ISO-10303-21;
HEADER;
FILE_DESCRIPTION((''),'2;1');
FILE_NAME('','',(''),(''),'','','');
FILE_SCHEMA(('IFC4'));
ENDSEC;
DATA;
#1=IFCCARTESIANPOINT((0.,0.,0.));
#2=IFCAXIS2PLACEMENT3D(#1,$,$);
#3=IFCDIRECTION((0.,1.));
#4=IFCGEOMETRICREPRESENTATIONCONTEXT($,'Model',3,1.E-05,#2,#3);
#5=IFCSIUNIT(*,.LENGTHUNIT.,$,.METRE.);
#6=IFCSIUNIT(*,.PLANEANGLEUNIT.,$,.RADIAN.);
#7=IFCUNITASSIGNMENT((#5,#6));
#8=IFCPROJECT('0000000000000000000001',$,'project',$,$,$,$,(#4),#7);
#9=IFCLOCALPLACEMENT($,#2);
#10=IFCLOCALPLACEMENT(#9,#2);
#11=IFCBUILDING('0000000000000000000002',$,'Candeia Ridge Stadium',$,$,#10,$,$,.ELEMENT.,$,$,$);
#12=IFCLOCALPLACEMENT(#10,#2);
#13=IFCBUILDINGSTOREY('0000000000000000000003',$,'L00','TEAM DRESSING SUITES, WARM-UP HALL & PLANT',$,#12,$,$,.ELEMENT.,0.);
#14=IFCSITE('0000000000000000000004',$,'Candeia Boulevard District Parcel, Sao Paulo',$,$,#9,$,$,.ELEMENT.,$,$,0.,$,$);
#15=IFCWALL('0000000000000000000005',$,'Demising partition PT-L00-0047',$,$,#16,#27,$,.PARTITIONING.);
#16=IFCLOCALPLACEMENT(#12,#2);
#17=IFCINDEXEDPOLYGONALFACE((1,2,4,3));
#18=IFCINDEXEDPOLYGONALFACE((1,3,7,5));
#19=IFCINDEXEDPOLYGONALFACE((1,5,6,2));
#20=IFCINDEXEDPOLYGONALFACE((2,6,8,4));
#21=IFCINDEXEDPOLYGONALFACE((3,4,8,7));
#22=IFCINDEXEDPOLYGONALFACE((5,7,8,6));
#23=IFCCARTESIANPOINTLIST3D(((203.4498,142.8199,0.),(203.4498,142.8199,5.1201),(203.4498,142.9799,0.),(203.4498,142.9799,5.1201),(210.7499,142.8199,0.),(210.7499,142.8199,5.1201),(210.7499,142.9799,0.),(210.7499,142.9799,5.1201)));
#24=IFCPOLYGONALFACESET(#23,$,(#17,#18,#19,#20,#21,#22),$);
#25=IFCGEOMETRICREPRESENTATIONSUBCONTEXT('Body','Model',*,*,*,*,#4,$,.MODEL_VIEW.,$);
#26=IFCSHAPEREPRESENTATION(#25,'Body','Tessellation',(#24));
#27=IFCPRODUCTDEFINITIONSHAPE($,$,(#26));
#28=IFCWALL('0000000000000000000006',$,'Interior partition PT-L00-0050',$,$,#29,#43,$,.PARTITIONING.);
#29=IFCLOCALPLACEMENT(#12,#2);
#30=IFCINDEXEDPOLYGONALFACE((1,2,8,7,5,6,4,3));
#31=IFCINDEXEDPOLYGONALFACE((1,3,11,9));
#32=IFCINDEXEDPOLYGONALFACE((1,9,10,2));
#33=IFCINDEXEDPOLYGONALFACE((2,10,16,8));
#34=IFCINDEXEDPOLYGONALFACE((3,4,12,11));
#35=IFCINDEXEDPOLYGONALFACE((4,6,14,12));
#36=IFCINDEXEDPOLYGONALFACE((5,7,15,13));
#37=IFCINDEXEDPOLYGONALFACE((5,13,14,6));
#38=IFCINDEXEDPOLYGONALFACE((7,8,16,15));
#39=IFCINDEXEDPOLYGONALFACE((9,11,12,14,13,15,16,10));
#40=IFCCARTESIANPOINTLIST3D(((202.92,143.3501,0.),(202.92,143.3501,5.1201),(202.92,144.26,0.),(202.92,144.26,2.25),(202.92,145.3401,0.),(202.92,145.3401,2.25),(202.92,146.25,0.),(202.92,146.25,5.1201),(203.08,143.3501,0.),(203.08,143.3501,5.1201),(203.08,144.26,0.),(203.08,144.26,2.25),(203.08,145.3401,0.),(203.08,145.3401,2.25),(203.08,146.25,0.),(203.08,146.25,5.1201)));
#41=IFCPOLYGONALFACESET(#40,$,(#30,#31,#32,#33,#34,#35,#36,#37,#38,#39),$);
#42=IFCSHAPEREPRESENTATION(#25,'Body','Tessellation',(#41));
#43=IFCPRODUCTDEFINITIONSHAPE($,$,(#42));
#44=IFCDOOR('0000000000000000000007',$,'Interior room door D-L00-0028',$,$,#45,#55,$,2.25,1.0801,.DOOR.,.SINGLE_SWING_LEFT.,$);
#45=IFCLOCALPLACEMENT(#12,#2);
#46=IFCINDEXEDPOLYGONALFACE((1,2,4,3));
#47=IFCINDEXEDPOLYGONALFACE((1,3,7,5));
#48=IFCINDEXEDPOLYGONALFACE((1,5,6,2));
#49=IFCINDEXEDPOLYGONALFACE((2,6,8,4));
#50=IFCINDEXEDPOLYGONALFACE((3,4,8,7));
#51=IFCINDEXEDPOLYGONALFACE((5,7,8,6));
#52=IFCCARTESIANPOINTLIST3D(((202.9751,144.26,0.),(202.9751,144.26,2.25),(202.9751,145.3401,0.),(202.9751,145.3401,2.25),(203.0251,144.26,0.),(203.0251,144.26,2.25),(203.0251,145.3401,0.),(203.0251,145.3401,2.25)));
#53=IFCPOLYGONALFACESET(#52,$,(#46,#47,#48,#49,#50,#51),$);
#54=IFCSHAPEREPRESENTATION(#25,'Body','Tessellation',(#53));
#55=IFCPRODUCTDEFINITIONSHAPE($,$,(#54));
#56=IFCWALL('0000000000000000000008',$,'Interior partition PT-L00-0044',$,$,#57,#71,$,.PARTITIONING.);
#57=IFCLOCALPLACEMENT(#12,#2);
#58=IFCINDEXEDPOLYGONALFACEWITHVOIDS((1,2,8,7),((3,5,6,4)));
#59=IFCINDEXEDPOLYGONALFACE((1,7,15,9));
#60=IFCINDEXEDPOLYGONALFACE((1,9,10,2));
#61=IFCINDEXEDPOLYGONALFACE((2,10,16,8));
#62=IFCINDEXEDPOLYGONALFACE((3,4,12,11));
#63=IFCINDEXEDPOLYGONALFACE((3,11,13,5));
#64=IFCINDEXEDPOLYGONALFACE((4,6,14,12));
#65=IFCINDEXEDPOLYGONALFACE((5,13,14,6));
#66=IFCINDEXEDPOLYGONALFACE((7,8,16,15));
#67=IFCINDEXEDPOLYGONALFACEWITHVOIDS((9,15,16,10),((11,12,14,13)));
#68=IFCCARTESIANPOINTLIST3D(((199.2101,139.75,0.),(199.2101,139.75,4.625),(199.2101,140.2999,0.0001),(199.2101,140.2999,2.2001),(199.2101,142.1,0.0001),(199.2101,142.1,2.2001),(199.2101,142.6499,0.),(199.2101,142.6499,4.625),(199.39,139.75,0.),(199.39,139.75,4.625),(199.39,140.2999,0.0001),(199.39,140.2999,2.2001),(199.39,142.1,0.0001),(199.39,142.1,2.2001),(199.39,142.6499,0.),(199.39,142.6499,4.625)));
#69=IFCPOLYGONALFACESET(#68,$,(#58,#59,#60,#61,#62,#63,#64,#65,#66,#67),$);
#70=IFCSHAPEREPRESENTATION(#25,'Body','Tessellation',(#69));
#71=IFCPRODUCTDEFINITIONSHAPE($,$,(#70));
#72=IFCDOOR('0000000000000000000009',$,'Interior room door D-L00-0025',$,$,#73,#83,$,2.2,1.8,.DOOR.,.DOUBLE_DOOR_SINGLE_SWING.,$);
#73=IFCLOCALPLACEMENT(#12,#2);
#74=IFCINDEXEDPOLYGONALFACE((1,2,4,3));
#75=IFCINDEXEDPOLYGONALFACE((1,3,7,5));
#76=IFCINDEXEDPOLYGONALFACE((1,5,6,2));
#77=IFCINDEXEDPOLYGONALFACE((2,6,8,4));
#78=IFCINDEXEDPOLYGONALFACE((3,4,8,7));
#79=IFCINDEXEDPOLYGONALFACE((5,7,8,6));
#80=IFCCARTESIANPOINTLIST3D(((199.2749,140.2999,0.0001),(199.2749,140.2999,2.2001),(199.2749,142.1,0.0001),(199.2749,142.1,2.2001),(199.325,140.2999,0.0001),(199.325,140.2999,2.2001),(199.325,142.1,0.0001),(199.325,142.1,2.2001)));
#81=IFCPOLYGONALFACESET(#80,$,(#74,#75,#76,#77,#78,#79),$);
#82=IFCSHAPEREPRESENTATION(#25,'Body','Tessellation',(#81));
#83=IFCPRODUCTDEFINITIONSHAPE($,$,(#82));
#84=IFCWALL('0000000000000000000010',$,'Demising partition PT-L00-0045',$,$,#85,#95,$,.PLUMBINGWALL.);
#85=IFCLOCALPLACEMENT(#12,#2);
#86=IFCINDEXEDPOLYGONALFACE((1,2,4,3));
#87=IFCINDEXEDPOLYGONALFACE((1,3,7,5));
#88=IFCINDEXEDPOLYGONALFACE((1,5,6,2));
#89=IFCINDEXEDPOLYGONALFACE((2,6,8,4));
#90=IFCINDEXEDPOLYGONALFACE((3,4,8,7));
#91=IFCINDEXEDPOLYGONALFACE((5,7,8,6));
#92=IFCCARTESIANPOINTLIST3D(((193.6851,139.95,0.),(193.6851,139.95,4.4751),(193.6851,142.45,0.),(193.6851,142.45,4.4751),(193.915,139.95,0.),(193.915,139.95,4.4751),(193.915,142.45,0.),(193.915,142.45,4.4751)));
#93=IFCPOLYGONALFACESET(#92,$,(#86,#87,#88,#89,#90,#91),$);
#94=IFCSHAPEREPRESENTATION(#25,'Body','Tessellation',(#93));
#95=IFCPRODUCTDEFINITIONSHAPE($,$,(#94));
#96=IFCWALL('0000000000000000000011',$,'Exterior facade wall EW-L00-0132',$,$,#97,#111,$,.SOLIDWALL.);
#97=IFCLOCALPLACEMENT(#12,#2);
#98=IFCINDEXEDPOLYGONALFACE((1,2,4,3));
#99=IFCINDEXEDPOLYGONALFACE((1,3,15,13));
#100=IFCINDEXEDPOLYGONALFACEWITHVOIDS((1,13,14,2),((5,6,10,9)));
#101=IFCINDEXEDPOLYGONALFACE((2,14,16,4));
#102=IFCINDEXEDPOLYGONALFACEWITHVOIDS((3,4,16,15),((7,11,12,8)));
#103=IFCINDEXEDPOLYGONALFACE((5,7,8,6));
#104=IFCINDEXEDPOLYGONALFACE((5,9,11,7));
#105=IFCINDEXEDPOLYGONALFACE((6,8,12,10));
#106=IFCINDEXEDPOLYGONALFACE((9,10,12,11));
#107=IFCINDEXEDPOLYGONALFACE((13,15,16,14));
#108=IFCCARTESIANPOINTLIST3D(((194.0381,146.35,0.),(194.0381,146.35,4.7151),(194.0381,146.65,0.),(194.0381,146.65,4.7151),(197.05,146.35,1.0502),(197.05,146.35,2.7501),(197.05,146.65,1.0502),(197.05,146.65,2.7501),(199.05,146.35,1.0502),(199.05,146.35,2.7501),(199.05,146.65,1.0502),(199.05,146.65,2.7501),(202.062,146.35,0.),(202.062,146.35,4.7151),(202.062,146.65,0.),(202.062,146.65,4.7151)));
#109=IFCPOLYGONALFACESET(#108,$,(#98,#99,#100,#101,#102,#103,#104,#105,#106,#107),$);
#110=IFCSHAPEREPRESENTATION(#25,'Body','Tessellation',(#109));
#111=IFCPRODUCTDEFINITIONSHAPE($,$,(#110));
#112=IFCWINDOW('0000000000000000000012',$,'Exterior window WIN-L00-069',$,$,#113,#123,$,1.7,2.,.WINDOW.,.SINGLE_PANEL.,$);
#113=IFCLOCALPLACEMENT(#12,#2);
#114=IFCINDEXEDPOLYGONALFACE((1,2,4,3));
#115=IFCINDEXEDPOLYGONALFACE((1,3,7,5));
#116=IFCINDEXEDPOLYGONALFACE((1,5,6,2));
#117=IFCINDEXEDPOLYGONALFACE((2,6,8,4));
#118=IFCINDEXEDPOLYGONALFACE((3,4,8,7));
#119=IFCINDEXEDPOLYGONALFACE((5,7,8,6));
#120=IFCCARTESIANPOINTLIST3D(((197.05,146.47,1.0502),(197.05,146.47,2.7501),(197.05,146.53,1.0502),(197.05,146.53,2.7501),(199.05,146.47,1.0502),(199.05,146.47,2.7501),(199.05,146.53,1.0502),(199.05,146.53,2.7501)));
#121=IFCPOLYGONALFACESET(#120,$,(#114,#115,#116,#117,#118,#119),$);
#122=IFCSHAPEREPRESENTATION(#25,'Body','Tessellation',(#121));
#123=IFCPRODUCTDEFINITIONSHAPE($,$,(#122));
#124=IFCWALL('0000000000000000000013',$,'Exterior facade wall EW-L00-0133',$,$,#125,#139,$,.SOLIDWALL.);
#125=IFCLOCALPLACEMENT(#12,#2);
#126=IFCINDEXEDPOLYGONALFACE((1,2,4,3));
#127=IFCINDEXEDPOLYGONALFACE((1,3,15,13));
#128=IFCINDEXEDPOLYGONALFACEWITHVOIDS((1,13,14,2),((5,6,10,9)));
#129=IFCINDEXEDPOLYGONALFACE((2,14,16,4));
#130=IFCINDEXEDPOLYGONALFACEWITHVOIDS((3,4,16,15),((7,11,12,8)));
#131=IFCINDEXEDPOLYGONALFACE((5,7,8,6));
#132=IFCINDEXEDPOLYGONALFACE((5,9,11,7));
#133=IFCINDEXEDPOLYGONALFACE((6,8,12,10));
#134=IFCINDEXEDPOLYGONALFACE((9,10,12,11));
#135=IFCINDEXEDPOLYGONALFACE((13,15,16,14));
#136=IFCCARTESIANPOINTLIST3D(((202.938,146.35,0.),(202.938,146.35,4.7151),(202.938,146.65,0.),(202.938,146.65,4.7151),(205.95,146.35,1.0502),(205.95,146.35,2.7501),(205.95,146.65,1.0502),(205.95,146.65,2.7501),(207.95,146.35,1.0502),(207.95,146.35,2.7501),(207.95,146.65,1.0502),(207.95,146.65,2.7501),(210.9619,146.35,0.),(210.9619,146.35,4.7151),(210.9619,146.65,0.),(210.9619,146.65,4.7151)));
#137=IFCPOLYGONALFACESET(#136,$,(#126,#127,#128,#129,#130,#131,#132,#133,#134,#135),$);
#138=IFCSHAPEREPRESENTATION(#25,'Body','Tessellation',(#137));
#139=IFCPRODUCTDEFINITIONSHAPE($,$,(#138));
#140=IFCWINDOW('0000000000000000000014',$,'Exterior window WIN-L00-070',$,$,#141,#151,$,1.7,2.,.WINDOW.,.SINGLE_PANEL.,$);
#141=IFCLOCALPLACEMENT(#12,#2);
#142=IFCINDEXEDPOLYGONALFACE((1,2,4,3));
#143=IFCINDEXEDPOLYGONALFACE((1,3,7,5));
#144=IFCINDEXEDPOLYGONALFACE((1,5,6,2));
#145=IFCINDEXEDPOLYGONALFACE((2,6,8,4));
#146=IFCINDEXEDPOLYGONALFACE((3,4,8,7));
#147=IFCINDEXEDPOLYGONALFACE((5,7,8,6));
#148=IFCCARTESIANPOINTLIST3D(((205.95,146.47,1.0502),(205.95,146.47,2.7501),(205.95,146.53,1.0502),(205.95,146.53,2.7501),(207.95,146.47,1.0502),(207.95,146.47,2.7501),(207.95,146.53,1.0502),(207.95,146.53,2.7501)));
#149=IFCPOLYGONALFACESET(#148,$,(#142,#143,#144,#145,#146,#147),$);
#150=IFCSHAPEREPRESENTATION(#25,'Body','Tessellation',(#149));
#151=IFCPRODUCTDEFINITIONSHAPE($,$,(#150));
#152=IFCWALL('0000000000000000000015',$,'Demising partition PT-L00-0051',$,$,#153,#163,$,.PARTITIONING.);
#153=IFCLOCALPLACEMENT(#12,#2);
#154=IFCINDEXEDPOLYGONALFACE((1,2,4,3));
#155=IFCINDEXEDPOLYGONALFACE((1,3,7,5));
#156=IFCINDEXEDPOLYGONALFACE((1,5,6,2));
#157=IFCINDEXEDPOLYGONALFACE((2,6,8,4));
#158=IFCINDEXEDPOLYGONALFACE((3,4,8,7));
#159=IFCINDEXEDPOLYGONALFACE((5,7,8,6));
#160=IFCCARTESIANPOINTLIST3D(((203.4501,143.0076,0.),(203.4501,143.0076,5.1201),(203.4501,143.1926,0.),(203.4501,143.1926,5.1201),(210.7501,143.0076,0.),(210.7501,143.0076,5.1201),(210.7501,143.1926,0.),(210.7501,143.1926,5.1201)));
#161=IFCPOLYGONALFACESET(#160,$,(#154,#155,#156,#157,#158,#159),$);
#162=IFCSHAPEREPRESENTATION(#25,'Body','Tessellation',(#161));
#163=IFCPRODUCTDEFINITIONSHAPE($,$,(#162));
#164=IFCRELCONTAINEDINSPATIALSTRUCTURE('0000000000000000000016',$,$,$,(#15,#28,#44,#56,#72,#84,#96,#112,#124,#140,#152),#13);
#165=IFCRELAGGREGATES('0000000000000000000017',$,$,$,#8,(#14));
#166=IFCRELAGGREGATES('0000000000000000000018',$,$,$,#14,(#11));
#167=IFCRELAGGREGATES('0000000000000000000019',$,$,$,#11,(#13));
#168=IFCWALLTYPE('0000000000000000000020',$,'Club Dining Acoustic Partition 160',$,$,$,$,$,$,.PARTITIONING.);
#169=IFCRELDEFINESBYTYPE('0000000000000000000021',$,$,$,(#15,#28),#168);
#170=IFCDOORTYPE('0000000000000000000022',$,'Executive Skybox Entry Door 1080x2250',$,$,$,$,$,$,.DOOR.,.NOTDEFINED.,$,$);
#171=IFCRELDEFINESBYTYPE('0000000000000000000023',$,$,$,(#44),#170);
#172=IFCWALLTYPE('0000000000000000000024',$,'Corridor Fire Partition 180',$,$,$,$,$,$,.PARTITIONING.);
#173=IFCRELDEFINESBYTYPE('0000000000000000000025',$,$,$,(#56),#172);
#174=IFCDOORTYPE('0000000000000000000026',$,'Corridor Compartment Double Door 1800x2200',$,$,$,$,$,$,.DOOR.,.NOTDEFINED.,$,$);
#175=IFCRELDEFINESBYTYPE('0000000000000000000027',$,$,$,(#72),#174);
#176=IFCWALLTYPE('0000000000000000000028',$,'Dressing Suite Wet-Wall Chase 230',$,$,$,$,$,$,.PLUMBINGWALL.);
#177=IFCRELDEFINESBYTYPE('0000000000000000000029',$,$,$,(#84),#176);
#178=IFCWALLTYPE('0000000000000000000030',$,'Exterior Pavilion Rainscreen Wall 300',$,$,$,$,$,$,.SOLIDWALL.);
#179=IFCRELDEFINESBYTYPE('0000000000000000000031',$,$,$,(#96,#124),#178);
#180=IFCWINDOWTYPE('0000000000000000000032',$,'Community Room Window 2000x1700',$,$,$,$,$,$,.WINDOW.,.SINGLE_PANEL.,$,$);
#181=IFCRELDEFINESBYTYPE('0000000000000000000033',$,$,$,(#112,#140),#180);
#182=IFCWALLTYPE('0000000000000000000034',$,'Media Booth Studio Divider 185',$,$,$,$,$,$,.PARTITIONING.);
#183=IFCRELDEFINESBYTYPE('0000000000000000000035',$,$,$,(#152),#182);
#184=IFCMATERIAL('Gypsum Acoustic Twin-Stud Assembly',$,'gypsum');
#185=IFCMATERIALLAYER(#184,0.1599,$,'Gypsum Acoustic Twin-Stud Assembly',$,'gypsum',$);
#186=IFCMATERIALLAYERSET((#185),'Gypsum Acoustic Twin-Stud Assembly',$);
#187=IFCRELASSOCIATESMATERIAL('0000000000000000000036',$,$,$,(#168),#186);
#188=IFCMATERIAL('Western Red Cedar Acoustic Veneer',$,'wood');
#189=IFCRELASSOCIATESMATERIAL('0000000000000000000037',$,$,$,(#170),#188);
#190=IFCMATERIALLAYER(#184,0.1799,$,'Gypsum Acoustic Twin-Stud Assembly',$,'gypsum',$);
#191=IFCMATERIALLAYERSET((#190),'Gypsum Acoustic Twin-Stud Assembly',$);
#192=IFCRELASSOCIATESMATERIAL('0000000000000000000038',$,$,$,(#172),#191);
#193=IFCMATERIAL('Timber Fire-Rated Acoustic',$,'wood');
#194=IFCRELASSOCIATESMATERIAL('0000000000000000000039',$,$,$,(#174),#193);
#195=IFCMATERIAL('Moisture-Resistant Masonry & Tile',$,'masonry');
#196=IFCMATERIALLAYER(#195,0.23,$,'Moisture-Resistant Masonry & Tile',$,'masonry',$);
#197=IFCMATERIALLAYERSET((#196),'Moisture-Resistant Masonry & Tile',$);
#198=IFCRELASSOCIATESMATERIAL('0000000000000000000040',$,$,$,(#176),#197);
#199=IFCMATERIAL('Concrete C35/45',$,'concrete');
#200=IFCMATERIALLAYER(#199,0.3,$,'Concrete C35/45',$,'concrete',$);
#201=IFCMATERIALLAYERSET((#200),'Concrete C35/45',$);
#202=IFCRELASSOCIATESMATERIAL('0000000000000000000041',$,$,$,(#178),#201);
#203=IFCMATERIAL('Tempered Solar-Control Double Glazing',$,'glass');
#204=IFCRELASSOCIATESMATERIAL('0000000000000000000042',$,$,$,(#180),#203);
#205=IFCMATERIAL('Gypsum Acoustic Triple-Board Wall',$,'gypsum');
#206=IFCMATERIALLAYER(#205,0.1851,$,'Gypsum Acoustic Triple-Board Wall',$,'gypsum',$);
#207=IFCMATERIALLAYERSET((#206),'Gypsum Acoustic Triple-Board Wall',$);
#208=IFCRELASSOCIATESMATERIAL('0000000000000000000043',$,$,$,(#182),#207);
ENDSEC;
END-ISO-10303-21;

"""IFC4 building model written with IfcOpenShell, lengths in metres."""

from ifc_helpers import new_model, si_unit, direction, frame, frame_2d, origin, place, context, subcontext, project, spatial, rectangle, extrude, material, layer, layer_set, type_object, element, fill, save


model = new_model("IFC4")

# Units and contexts
model_context = context("Model", 3, precision=1e-05, world=origin(), true_north=direction((0.0, 1.0)))
body_context = subcontext(model_context, "Body", "Model", "MODEL_VIEW")
ifc_project = project(units=[si_unit("LENGTHUNIT", "METRE"), si_unit("PLANEANGLEUNIT", "RADIAN")], contexts=[model_context])

# Site, building, storey
site_placement = place(None, origin())
site = spatial("IfcSite", under=ifc_project, at=site_placement, Name="Candeia Boulevard District Parcel, Sao Paulo", CompositionType="ELEMENT", RefElevation=0.0)
building_placement = place(site_placement, origin())
building = spatial("IfcBuilding", under=site, at=building_placement, Name="Candeia Ridge Stadium", CompositionType="ELEMENT")
storey_placement = place(building_placement, origin())
storey = spatial("IfcBuildingStorey", under=building, at=storey_placement, Name="L00", Description="TEAM DRESSING SUITES, WARM-UP HALL & PLANT", CompositionType="ELEMENT", Elevation=0.0)

# Wall
ifc_material_1 = material(Name="Gypsum Acoustic Twin-Stud Assembly", Category="gypsum")
ifc_layer_1 = layer(ifc_material_1, 0.1599, Name="Gypsum Acoustic Twin-Stud Assembly", Category="gypsum")
ifc_layer_set_1 = layer_set([ifc_layer_1], Name="Gypsum Acoustic Twin-Stud Assembly")
wall_type_1 = type_object("IfcWallType", Name="Club Dining Acoustic Partition 160", PredefinedType="PARTITIONING", material=ifc_layer_set_1)
wall_1_placement = place(storey_placement, frame((203.45, 142.8999, 0.0), z_axis=(0.0, 0.0, 1.0), x_axis=(1.0, 0.0, 0.0)))
element("IfcWall", 1, at=wall_1_placement, inside=storey, type_object=wall_type_1, Name="Demising partition PT-L00-0047", PredefinedType="PARTITIONING", context=body_context, shape_type="SweptSolid", body=[
    extrude(rectangle(XDim=7.3, YDim=0.1599, at=frame_2d((3.6499, 0.0))), origin(), (0.0, 0.0, 1.0), 5.1201),
])

# Walls, openings, doors
wall_2_placement = place(storey_placement, frame((203.0, 143.3501, 0.0), z_axis=(0.0, 0.0, 1.0), x_axis=(0.0, 1.0, 0.0)))
wall_2 = element("IfcWall", 2, at=wall_2_placement, inside=storey, type_object=wall_type_1, Name="Interior partition PT-L00-0050", PredefinedType="PARTITIONING", context=body_context, shape_type="SweptSolid", body=[
    extrude(rectangle(XDim=2.8999, YDim=0.1599, at=frame_2d((1.45, 0.0))), origin(), (0.0, 0.0, 1.0), 5.1201),
])
opening_1_placement = place(wall_2_placement, frame((0.9099, 0.0, 0.0)))
opening_1 = element("IfcOpeningElement", 3, at=opening_1_placement, cuts=wall_2, PredefinedType="OPENING", context=body_context, shape_type="SweptSolid", body=[
    extrude(rectangle(XDim=1.0801, YDim=2.25, at=frame_2d((0.54, 1.125))), frame((0.0, 0.0898, 0.0), z_axis=(0.0, -1.0, 0.0), x_axis=(1.0, 0.0, 0.0)), (0.0, 0.0, 1.0), 0.1799),
])
ifc_material_2 = material(Name="Western Red Cedar Acoustic Veneer", Category="wood")
door_type_1 = type_object("IfcDoorType", Name="Executive Skybox Entry Door 1080x2250", OperationType="NOTDEFINED", PredefinedType="DOOR", material=ifc_material_2)
door_1_placement = place(opening_1_placement, origin())
door_1 = element("IfcDoor", 4, at=door_1_placement, inside=storey, type_object=door_type_1, Name="Interior room door D-L00-0028", OperationType="SINGLE_SWING_LEFT", OverallHeight=2.25, OverallWidth=1.0801, PredefinedType="DOOR", context=body_context, shape_type="SweptSolid", body=[
    extrude(rectangle(XDim=1.0801, YDim=2.25, at=frame_2d((0.54, 1.125))), frame((0.0, 0.0249, 0.0), z_axis=(0.0, -1.0, 0.0), x_axis=(1.0, 0.0, 0.0)), (0.0, 0.0, 1.0), 0.05),
])
fill(opening_1, door_1)
ifc_layer_2 = layer(ifc_material_1, 0.1799, Name="Gypsum Acoustic Twin-Stud Assembly", Category="gypsum")
ifc_layer_set_2 = layer_set([ifc_layer_2], Name="Gypsum Acoustic Twin-Stud Assembly")
wall_type_2 = type_object("IfcWallType", Name="Corridor Fire Partition 180", PredefinedType="PARTITIONING", material=ifc_layer_set_2)
wall_3_placement = place(storey_placement, frame((199.3, 142.6499, 0.0), z_axis=(0.0, 0.0, 1.0), x_axis=(0.0, -1.0, 0.0)))
wall_3 = element("IfcWall", 5, at=wall_3_placement, inside=storey, type_object=wall_type_2, Name="Interior partition PT-L00-0044", PredefinedType="PARTITIONING", context=body_context, shape_type="SweptSolid", body=[
    extrude(rectangle(XDim=2.8999, YDim=0.1799, at=frame_2d((1.45, 0.0))), origin(), (0.0, 0.0, 1.0), 4.625),
])
opening_2_placement = place(wall_3_placement, frame((0.55, 0.0, 0.0)))
opening_2 = element("IfcOpeningElement", 6, at=opening_2_placement, cuts=wall_3, PredefinedType="OPENING", context=body_context, shape_type="SweptSolid", body=[
    extrude(rectangle(XDim=1.8, YDim=2.2, at=frame_2d((0.8999, 1.1001))), frame((0.0, 0.0999, 0.0), z_axis=(0.0, -1.0, 0.0), x_axis=(1.0, 0.0, 0.0)), (0.0, 0.0, 1.0), 0.2),
])
ifc_material_3 = material(Name="Timber Fire-Rated Acoustic", Category="wood")
door_type_2 = type_object("IfcDoorType", Name="Corridor Compartment Double Door 1800x2200", OperationType="NOTDEFINED", PredefinedType="DOOR", material=ifc_material_3)
door_2_placement = place(opening_2_placement, origin())
door_2 = element("IfcDoor", 7, at=door_2_placement, inside=storey, type_object=door_type_2, Name="Interior room door D-L00-0025", OperationType="DOUBLE_DOOR_SINGLE_SWING", OverallHeight=2.2, OverallWidth=1.8, PredefinedType="DOOR", context=body_context, shape_type="SweptSolid", body=[
    extrude(rectangle(XDim=1.8, YDim=2.2, at=frame_2d((0.8999, 1.1001))), frame((0.0, 0.0249, 0.0), z_axis=(0.0, -1.0, 0.0), x_axis=(1.0, 0.0, 0.0)), (0.0, 0.0, 1.0), 0.05),
])
fill(opening_2, door_2)

# Wall
ifc_material_4 = material(Name="Moisture-Resistant Masonry & Tile", Category="masonry")
ifc_layer_3 = layer(ifc_material_4, 0.23, Name="Moisture-Resistant Masonry & Tile", Category="masonry")
ifc_layer_set_3 = layer_set([ifc_layer_3], Name="Moisture-Resistant Masonry & Tile")
wall_type_3 = type_object("IfcWallType", Name="Dressing Suite Wet-Wall Chase 230", PredefinedType="PLUMBINGWALL", material=ifc_layer_set_3)
wall_4_placement = place(storey_placement, frame((193.8, 139.95, 0.0), z_axis=(0.0, 0.0, 1.0), x_axis=(0.0, 1.0, 0.0)))
element("IfcWall", 8, at=wall_4_placement, inside=storey, type_object=wall_type_3, Name="Demising partition PT-L00-0045", PredefinedType="PLUMBINGWALL", context=body_context, shape_type="SweptSolid", body=[
    extrude(rectangle(XDim=2.5, YDim=0.23, at=frame_2d((1.25, 0.0))), origin(), (0.0, 0.0, 1.0), 4.4751),
])

# Walls, openings, windows
ifc_material_5 = material(Name="Concrete C35/45", Category="concrete")
ifc_layer_4 = layer(ifc_material_5, 0.3, Name="Concrete C35/45", Category="concrete")
ifc_layer_set_4 = layer_set([ifc_layer_4], Name="Concrete C35/45")
wall_type_4 = type_object("IfcWallType", Name="Exterior Pavilion Rainscreen Wall 300", PredefinedType="SOLIDWALL", material=ifc_layer_set_4)
wall_5_placement = place(storey_placement, frame((194.0381, 146.5, 0.0), z_axis=(0.0, 0.0, 1.0), x_axis=(1.0, 0.0, 0.0)))
wall_5 = element("IfcWall", 9, at=wall_5_placement, inside=storey, type_object=wall_type_4, Name="Exterior facade wall EW-L00-0132", PredefinedType="SOLIDWALL", context=body_context, shape_type="SweptSolid", body=[
    extrude(rectangle(XDim=8.0239, YDim=0.3, at=frame_2d((4.012, 0.0))), origin(), (0.0, 0.0, 1.0), 4.7151),
])
opening_3_placement = place(wall_5_placement, frame((3.012, 0.0, 1.05)))
opening_3 = element("IfcOpeningElement", 10, at=opening_3_placement, cuts=wall_5, PredefinedType="OPENING", context=body_context, shape_type="SweptSolid", body=[
    extrude(rectangle(XDim=2.0, YDim=1.7, at=frame_2d((1.0, 0.8501))), frame((0.0, 0.1599, 0.0), z_axis=(0.0, -1.0, 0.0), x_axis=(1.0, 0.0, 0.0)), (0.0, 0.0, 1.0), 0.3201),
])
ifc_material_6 = material(Name="Tempered Solar-Control Double Glazing", Category="glass")
window_type = type_object("IfcWindowType", Name="Community Room Window 2000x1700", PartitioningType="SINGLE_PANEL", PredefinedType="WINDOW", material=ifc_material_6)
window_1_placement = place(opening_3_placement, origin())
window_1 = element("IfcWindow", 11, at=window_1_placement, inside=storey, type_object=window_type, Name="Exterior window WIN-L00-069", OverallHeight=1.7, OverallWidth=2.0, PartitioningType="SINGLE_PANEL", PredefinedType="WINDOW", context=body_context, shape_type="SweptSolid", body=[
    extrude(rectangle(XDim=2.0, YDim=1.7, at=frame_2d((1.0, 0.8501))), frame((0.0, 0.03, 0.0), z_axis=(0.0, -1.0, 0.0), x_axis=(1.0, 0.0, 0.0)), (0.0, 0.0, 1.0), 0.0601),
])
fill(opening_3, window_1)
wall_6_placement = place(storey_placement, frame((202.938, 146.5, 0.0), z_axis=(0.0, 0.0, 1.0), x_axis=(1.0, 0.0, 0.0)))
wall_6 = element("IfcWall", 12, at=wall_6_placement, inside=storey, type_object=wall_type_4, Name="Exterior facade wall EW-L00-0133", PredefinedType="SOLIDWALL", context=body_context, shape_type="SweptSolid", body=[
    extrude(rectangle(XDim=8.0239, YDim=0.3, at=frame_2d((4.012, 0.0))), origin(), (0.0, 0.0, 1.0), 4.7151),
])
opening_4_placement = place(wall_6_placement, frame((3.012, 0.0, 1.05)))
opening_4 = element("IfcOpeningElement", 13, at=opening_4_placement, cuts=wall_6, PredefinedType="OPENING", context=body_context, shape_type="SweptSolid", body=[
    extrude(rectangle(XDim=2.0, YDim=1.7, at=frame_2d((1.0, 0.8501))), frame((0.0, 0.1599, 0.0), z_axis=(0.0, -1.0, 0.0), x_axis=(1.0, 0.0, 0.0)), (0.0, 0.0, 1.0), 0.3201),
])
window_2_placement = place(opening_4_placement, origin())
window_2 = element("IfcWindow", 14, at=window_2_placement, inside=storey, type_object=window_type, Name="Exterior window WIN-L00-070", OverallHeight=1.7, OverallWidth=2.0, PartitioningType="SINGLE_PANEL", PredefinedType="WINDOW", context=body_context, shape_type="SweptSolid", body=[
    extrude(rectangle(XDim=2.0, YDim=1.7, at=frame_2d((1.0, 0.8501))), frame((0.0, 0.03, 0.0), z_axis=(0.0, -1.0, 0.0), x_axis=(1.0, 0.0, 0.0)), (0.0, 0.0, 1.0), 0.0601),
])
fill(opening_4, window_2)

# Wall
ifc_material_7 = material(Name="Gypsum Acoustic Triple-Board Wall", Category="gypsum")
ifc_layer_5 = layer(ifc_material_7, 0.1851, Name="Gypsum Acoustic Triple-Board Wall", Category="gypsum")
ifc_layer_set_5 = layer_set([ifc_layer_5], Name="Gypsum Acoustic Triple-Board Wall")
wall_type_5 = type_object("IfcWallType", Name="Media Booth Studio Divider 185", PredefinedType="PARTITIONING", material=ifc_layer_set_5)
wall_7_placement = place(storey_placement, frame((210.75, 143.1001, 0.0), z_axis=(0.0, 0.0, 1.0), x_axis=(-1.0, 0.0, 0.0)))
element("IfcWall", 15, at=wall_7_placement, inside=storey, type_object=wall_type_5, Name="Demising partition PT-L00-0051", PredefinedType="PARTITIONING", context=body_context, shape_type="SweptSolid", body=[
    extrude(rectangle(XDim=7.3, YDim=0.1851, at=frame_2d((3.6499, 0.0))), origin(), (0.0, 0.0, 1.0), 5.1201),
])

save(model, "model.ifc")
